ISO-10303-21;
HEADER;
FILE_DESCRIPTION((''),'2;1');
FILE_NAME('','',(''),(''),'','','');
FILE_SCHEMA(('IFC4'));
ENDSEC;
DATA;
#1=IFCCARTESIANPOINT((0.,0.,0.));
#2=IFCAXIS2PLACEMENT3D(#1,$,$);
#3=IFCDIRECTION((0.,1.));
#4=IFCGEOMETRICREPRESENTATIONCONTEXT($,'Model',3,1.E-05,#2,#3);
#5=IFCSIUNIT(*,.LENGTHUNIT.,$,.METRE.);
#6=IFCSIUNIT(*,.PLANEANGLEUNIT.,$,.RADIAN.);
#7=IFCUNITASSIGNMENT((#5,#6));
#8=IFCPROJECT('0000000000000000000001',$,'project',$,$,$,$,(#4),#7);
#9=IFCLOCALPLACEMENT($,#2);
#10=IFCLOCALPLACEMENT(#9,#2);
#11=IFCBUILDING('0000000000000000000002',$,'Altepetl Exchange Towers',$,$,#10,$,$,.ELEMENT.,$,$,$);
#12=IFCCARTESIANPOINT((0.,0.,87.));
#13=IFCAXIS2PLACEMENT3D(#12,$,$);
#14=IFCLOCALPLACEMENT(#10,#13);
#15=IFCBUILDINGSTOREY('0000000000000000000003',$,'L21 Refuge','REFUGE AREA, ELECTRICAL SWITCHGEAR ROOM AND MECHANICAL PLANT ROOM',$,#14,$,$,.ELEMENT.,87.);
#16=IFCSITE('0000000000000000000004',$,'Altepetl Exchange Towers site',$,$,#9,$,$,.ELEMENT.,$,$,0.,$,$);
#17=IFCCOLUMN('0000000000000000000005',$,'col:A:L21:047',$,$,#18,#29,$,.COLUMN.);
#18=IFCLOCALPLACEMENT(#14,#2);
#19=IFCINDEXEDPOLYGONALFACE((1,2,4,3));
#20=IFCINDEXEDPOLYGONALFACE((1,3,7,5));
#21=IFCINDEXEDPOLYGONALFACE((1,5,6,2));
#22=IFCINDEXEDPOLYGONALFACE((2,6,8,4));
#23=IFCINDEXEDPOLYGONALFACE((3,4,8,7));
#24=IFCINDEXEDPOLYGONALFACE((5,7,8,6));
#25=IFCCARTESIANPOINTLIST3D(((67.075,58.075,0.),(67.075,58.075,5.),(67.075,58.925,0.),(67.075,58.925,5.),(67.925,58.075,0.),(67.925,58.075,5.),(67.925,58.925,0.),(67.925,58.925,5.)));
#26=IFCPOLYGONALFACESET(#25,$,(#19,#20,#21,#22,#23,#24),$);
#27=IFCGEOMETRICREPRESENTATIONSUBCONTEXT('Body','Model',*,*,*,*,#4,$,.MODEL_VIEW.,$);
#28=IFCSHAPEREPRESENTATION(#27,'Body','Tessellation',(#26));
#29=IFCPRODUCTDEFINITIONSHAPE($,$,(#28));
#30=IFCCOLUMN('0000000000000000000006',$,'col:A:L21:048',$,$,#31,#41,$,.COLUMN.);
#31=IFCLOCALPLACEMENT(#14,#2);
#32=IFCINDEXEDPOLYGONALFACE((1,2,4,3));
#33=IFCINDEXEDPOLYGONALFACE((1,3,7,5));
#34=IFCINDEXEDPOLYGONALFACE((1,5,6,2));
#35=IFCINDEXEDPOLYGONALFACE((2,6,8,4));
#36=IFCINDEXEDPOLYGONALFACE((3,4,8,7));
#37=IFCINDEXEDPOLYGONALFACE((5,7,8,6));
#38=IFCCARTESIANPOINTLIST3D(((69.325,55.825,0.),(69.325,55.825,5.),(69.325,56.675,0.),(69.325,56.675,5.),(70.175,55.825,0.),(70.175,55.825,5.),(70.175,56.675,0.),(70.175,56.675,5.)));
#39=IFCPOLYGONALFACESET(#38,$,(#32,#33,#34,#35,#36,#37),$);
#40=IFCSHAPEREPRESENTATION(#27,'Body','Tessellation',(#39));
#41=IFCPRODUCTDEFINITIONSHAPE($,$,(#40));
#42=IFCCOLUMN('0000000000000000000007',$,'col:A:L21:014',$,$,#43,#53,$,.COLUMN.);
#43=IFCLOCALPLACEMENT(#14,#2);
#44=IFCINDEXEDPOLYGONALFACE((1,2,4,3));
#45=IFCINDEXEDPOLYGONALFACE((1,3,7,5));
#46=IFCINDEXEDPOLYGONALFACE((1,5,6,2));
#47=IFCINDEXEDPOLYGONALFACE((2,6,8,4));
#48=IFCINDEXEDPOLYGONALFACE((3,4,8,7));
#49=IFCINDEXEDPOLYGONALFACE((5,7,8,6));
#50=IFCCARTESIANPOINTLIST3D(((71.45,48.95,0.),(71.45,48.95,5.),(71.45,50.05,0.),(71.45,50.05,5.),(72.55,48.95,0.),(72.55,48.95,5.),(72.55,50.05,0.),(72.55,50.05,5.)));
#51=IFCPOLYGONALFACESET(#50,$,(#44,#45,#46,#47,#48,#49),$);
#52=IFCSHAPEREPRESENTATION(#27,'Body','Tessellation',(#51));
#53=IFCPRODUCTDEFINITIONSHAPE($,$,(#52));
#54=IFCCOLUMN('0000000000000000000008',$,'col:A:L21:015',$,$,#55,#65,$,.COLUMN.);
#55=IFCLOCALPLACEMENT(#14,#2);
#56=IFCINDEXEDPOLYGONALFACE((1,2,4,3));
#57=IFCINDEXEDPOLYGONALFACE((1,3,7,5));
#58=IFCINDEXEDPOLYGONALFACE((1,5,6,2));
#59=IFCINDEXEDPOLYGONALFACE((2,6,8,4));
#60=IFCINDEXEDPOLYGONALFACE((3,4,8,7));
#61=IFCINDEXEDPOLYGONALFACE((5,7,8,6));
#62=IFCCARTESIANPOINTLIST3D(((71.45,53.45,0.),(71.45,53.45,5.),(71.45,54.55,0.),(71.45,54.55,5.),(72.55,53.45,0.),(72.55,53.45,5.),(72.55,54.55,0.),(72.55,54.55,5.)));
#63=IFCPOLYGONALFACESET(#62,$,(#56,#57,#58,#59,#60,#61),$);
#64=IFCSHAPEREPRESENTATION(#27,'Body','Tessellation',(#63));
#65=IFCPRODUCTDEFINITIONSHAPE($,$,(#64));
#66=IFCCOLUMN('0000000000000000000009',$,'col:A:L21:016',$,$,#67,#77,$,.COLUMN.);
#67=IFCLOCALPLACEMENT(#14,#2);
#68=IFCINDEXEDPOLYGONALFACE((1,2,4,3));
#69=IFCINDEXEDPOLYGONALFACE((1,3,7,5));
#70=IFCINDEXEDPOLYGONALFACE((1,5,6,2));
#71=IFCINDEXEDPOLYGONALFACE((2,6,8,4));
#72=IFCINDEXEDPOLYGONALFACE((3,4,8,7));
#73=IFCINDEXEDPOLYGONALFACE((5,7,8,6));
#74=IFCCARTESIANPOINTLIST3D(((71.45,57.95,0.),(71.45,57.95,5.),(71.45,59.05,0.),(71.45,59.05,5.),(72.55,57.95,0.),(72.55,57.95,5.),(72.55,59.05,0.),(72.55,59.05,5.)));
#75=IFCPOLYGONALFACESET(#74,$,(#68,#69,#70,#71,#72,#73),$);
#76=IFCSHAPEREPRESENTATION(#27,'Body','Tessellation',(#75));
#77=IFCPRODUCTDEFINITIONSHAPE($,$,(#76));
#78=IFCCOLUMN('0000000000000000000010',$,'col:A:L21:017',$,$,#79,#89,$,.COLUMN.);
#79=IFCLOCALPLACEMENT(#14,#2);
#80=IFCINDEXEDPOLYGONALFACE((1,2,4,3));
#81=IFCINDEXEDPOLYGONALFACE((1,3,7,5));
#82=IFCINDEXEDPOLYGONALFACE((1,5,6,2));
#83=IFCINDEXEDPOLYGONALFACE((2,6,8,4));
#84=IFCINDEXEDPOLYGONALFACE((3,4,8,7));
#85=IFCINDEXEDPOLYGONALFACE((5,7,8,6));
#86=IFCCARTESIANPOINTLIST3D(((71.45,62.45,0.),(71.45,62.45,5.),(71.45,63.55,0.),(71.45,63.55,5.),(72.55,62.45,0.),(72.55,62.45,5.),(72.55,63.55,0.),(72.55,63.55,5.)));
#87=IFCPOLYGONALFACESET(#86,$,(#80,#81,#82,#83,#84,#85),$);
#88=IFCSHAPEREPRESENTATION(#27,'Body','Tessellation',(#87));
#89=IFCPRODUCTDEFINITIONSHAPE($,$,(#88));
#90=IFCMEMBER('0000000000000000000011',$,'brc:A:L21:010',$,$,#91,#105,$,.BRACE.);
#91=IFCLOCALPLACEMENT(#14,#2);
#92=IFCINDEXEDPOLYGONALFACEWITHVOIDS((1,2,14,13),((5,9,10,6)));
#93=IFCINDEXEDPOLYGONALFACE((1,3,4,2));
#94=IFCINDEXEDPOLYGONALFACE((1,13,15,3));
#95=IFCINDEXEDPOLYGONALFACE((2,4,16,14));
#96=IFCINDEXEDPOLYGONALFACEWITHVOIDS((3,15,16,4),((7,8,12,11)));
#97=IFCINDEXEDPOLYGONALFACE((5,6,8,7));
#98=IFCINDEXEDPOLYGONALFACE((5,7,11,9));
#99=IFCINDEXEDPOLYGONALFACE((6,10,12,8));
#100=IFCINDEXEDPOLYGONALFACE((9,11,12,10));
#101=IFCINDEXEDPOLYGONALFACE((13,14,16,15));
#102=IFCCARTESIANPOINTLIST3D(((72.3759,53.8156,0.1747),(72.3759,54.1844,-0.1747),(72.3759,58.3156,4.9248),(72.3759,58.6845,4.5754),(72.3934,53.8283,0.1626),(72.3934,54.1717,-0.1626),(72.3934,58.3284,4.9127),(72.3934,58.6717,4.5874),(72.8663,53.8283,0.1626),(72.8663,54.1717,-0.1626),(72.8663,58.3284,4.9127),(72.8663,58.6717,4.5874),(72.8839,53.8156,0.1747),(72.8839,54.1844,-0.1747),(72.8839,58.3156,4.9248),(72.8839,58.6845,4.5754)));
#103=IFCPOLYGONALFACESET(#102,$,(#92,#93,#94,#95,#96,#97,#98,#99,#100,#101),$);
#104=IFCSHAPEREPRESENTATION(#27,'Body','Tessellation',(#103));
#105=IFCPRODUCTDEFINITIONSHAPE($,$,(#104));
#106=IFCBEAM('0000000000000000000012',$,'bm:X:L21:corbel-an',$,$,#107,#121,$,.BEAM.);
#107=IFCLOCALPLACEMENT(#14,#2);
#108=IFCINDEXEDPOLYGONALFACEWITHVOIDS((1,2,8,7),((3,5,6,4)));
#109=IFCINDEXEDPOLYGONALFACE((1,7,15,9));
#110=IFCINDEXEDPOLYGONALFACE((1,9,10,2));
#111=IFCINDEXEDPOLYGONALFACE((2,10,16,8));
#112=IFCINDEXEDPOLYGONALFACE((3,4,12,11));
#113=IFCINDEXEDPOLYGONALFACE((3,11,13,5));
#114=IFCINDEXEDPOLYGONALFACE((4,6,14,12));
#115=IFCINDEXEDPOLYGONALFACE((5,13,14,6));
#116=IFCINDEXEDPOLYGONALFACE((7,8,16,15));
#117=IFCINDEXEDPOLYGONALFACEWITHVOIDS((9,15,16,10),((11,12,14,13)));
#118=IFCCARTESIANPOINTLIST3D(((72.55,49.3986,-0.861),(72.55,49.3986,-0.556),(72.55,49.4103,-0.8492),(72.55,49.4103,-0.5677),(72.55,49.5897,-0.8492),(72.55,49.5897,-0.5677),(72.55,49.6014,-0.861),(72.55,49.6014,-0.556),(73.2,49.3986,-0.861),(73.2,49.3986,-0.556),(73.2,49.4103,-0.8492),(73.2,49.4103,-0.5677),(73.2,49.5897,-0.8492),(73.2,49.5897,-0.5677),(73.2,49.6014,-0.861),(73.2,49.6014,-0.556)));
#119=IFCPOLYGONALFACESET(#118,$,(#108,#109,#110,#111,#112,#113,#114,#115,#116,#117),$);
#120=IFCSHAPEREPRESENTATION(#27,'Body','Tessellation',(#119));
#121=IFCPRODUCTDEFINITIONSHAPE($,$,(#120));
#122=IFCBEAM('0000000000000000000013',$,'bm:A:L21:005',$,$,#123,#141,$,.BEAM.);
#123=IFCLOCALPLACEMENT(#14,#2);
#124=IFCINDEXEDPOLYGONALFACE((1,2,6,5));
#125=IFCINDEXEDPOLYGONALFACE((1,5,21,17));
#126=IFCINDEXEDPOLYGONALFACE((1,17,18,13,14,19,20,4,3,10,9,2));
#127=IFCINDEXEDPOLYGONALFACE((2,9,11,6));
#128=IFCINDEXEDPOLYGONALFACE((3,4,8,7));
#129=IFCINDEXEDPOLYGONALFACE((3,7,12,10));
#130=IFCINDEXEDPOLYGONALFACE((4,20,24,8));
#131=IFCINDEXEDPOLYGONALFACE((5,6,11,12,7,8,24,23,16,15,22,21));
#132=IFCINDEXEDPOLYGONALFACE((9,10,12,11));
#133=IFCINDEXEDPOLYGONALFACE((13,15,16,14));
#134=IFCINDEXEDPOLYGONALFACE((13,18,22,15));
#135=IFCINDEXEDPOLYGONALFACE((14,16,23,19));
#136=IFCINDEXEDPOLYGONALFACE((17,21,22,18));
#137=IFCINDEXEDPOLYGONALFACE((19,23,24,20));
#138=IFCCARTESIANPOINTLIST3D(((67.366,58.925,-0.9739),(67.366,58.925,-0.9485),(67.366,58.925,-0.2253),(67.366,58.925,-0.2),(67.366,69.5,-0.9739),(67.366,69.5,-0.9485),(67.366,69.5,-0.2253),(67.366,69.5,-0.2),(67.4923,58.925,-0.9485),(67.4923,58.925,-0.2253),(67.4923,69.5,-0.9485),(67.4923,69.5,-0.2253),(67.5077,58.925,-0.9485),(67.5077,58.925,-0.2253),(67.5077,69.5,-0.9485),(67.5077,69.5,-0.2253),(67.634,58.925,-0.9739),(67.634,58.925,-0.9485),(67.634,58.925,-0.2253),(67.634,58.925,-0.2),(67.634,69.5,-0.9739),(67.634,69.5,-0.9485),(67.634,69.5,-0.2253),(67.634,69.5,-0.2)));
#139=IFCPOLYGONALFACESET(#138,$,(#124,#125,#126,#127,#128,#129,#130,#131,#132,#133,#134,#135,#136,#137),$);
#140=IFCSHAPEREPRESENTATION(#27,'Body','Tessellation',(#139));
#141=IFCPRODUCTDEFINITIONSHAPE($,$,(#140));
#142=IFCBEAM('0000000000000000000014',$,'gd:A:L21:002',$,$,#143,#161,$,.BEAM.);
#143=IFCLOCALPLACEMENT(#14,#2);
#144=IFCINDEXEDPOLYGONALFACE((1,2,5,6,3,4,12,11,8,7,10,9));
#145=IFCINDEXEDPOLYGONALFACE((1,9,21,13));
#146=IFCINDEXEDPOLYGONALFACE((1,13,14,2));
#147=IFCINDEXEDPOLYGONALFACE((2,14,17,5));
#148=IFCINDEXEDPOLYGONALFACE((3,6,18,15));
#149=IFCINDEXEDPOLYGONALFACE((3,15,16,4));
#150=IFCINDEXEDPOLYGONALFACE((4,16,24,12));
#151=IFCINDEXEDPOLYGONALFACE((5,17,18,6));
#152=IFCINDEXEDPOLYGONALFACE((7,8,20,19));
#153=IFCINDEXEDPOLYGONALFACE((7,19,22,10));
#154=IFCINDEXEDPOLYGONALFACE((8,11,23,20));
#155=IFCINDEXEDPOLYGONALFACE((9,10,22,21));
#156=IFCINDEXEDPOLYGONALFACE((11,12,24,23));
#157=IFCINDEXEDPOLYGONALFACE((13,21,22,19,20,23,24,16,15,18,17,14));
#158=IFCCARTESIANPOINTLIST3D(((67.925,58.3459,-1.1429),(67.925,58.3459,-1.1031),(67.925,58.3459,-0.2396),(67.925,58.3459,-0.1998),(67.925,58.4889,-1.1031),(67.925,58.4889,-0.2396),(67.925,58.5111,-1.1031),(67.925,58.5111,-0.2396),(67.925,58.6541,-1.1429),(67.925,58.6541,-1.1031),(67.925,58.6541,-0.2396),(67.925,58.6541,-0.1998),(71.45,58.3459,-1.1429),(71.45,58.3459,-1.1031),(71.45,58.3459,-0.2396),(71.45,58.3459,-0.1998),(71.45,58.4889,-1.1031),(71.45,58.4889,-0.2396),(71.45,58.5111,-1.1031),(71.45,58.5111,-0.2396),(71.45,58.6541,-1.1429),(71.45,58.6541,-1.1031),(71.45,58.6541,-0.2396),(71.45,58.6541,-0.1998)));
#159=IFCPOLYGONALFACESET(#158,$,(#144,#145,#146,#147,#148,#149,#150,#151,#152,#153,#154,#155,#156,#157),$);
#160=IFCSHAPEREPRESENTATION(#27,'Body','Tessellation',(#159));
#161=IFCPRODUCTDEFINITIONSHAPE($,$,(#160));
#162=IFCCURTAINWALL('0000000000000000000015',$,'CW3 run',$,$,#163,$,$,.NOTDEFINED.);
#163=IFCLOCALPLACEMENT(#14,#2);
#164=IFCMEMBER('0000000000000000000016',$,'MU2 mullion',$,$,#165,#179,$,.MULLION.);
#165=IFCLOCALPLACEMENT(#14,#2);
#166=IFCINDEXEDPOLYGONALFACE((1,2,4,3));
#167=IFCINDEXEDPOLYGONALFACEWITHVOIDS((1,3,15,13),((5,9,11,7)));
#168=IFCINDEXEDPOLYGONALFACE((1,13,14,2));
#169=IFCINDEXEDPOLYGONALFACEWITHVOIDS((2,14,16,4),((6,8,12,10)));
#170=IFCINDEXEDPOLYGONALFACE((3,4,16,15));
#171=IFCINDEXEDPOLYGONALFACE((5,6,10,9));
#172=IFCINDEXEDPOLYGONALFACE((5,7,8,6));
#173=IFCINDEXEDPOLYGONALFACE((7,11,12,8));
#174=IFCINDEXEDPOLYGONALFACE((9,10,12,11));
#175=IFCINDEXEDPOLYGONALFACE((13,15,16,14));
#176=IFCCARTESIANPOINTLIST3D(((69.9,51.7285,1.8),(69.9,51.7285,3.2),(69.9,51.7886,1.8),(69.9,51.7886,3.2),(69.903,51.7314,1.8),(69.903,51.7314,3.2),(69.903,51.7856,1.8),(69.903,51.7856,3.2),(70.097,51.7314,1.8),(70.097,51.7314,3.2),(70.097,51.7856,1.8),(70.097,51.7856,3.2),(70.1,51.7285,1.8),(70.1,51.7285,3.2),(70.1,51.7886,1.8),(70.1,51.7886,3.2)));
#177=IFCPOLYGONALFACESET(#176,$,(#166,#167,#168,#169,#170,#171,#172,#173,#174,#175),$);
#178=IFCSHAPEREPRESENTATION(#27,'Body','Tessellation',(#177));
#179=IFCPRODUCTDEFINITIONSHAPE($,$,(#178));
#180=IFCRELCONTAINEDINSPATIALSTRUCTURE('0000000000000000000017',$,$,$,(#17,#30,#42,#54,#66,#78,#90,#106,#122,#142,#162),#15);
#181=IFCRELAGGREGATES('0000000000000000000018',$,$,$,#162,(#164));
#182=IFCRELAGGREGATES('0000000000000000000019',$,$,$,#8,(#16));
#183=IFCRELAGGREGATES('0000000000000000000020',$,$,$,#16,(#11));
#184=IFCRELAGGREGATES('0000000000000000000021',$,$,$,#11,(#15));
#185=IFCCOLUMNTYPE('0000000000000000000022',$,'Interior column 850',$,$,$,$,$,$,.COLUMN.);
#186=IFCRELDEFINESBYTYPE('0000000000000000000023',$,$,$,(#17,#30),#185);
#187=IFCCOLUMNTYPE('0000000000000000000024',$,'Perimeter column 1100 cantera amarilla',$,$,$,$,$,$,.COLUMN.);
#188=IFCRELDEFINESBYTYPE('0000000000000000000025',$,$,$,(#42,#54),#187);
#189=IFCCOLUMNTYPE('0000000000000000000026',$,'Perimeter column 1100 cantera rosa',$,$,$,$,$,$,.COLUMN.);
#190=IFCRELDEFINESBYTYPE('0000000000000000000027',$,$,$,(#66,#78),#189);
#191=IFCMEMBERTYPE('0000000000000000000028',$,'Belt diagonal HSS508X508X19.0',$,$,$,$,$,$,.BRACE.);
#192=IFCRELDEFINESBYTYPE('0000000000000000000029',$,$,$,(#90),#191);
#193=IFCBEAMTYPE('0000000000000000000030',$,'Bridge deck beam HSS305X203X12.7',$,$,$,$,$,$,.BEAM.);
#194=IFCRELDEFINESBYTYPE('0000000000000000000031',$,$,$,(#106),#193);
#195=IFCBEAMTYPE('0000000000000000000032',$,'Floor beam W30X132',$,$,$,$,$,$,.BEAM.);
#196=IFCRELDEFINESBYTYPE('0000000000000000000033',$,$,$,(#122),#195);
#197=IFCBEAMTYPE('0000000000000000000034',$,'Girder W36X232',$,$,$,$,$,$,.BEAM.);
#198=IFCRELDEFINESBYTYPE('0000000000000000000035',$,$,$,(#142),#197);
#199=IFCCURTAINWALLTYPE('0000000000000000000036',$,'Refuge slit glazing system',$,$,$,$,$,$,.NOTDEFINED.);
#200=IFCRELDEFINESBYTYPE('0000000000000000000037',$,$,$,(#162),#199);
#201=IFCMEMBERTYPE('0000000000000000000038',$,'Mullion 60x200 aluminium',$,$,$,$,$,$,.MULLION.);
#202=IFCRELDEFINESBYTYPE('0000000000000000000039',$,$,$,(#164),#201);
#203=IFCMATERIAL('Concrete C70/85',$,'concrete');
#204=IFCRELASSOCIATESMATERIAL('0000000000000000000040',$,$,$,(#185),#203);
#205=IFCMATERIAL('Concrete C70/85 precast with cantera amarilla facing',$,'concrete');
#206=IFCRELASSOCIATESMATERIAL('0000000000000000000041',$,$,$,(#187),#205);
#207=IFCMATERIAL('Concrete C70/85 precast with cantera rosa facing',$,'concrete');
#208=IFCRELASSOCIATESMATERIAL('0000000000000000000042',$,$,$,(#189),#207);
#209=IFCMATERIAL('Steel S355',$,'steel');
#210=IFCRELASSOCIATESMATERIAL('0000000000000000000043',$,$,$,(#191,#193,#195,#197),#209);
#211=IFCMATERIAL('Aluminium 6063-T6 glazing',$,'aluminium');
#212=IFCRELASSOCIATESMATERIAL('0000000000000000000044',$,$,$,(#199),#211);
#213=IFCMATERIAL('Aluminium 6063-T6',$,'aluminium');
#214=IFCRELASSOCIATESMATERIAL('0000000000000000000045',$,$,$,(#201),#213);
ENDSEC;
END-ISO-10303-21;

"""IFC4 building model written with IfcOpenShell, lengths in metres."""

from ifc_helpers import new_model, si_unit, direction, frame, origin, origin_2d, place, context, subcontext, project, spatial, rectangle, hollow_rectangle, i_section, extrude, material, material_profile, profile_set, type_object, element, aggregate, save


model = new_model("IFC4")

# Units and contexts
model_context = context("Model", 3, precision=1e-05, world=origin(), true_north=direction((0.0, 1.0)))
body_context = subcontext(model_context, "Body", "Model", "MODEL_VIEW")
ifc_project = project(units=[si_unit("LENGTHUNIT", "METRE"), si_unit("PLANEANGLEUNIT", "RADIAN")], contexts=[model_context])

# Site, building, storey
site_placement = place(None, origin())
site = spatial("IfcSite", under=ifc_project, at=site_placement, Name="Altepetl Exchange Towers site", CompositionType="ELEMENT", RefElevation=0.0)
building_placement = place(site_placement, origin())
building = spatial("IfcBuilding", under=site, at=building_placement, Name="Altepetl Exchange Towers", CompositionType="ELEMENT")
storey_placement = place(building_placement, frame((0.0, 0.0, 87.0)))
storey = spatial("IfcBuildingStorey", under=building, at=storey_placement, Name="L21 Refuge", Description="REFUGE AREA, ELECTRICAL SWITCHGEAR ROOM AND MECHANICAL PLANT ROOM", CompositionType="ELEMENT", Elevation=87.0)

# Columns
ifc_material_1 = material(Name="Concrete C70/85", Category="concrete")
ifc_material_profile_1 = material_profile(ifc_material_1, rectangle(XDim=0.8501, YDim=0.8501, at=origin_2d()), Name="850 x 850")
ifc_profile_set_1 = profile_set([ifc_material_profile_1], Name="Concrete C70/85")
column_type_1 = type_object("IfcColumnType", Name="Interior column 850", PredefinedType="COLUMN", material=ifc_profile_set_1)
for number, where, name in (
    (1, (67.5, 58.5, 0.0), "col:A:L21:047"),
    (2, (69.75, 56.25, 0.0), "col:A:L21:048"),
):
    element("IfcColumn", number, at=place(storey_placement, frame(where)), inside=storey, type_object=column_type_1, Name=name, PredefinedType="COLUMN", context=body_context, shape_type="SweptSolid", body=[
        extrude(rectangle(XDim=0.8501, YDim=0.8501, at=origin_2d()), origin(), (0.0, 0.0, 1.0), 5.0),
    ])
ifc_material_2 = material(Name="Concrete C70/85 precast with cantera amarilla facing", Category="concrete")
ifc_material_profile_2 = material_profile(ifc_material_2, rectangle(XDim=1.1001, YDim=1.1001, at=origin_2d()), Name="1100 x 1100")
ifc_profile_set_2 = profile_set([ifc_material_profile_2], Name="Concrete C70/85 precast with cantera amarilla facing")
column_type_2 = type_object("IfcColumnType", Name="Perimeter column 1100 cantera amarilla", PredefinedType="COLUMN", material=ifc_profile_set_2)
for number, where, name in (
    (3, (72.0, 49.5, 0.0), "col:A:L21:014"),
    (4, (72.0, 54.0, 0.0), "col:A:L21:015"),
):
    element("IfcColumn", number, at=place(storey_placement, frame(where)), inside=storey, type_object=column_type_2, Name=name, PredefinedType="COLUMN", context=body_context, shape_type="SweptSolid", body=[
        extrude(rectangle(XDim=1.1001, YDim=1.1001, at=origin_2d()), origin(), (0.0, 0.0, 1.0), 5.0),
    ])
ifc_material_3 = material(Name="Concrete C70/85 precast with cantera rosa facing", Category="concrete")
ifc_material_profile_3 = material_profile(ifc_material_3, rectangle(XDim=1.1001, YDim=1.1001, at=origin_2d()), Name="1100 x 1100")
ifc_profile_set_3 = profile_set([ifc_material_profile_3], Name="Concrete C70/85 precast with cantera rosa facing")
column_type_3 = type_object("IfcColumnType", Name="Perimeter column 1100 cantera rosa", PredefinedType="COLUMN", material=ifc_profile_set_3)
for number, where, name in (
    (5, (72.0, 58.5, 0.0), "col:A:L21:016"),
    (6, (72.0, 63.0, 0.0), "col:A:L21:017"),
):
    element("IfcColumn", number, at=place(storey_placement, frame(where)), inside=storey, type_object=column_type_3, Name=name, PredefinedType="COLUMN", context=body_context, shape_type="SweptSolid", body=[
        extrude(rectangle(XDim=1.1001, YDim=1.1001, at=origin_2d()), origin(), (0.0, 0.0, 1.0), 5.0),
    ])

# Member
ifc_material_4 = material(Name="Steel S355", Category="steel")
ifc_material_profile_4 = material_profile(ifc_material_4, hollow_rectangle(XDim=0.5081, YDim=0.5081, WallThickness=0.0176, at=origin_2d()), Name="HSS508X508X19.0")
ifc_profile_set_4 = profile_set([ifc_material_profile_4], Name="Steel S355")
member_type_1 = type_object("IfcMemberType", Name="Belt diagonal HSS508X508X19.0", PredefinedType="BRACE", material=ifc_profile_set_4)
member_1_placement = place(storey_placement, frame((72.6299, 54.0, 0.0), z_axis=(0.0, 0.687745, 0.725953), x_axis=(-1.0, 0.0, 0.0)))
element("IfcMember", 7, at=member_1_placement, inside=storey, type_object=member_type_1, Name="brc:A:L21:010", PredefinedType="BRACE", context=body_context, shape_type="SweptSolid", body=[
    extrude(hollow_rectangle(XDim=0.5081, YDim=0.5081, WallThickness=0.0176, at=origin_2d()), origin(), (0.0, 0.0, 1.0), 6.5432),
])

# Beams
ifc_material_profile_5 = material_profile(ifc_material_4, hollow_rectangle(XDim=0.2029, YDim=0.3049, WallThickness=0.0117, at=origin_2d()), Name="HSS305X203X12.7")
ifc_profile_set_5 = profile_set([ifc_material_profile_5], Name="Steel S355")
beam_type_1 = type_object("IfcBeamType", Name="Bridge deck beam HSS305X203X12.7", PredefinedType="BEAM", material=ifc_profile_set_5)
beam_1_placement = place(storey_placement, frame((72.55, 49.5, -0.7085), z_axis=(1.0, 0.0, 0.0), x_axis=(0.0, 1.0, 0.0)))
element("IfcBeam", 8, at=beam_1_placement, inside=storey, type_object=beam_type_1, Name="bm:X:L21:corbel-an", PredefinedType="BEAM", context=body_context, shape_type="SweptSolid", body=[
    extrude(hollow_rectangle(XDim=0.2029, YDim=0.3049, WallThickness=0.0117, at=origin_2d()), origin(), (0.0, 0.0, 1.0), 0.6499),
])
ifc_material_profile_6 = material_profile(ifc_material_4, i_section(OverallWidth=0.2681, OverallDepth=0.7739, WebThickness=0.0154, FlangeThickness=0.0254, at=origin_2d()), Name="W30X132")
ifc_profile_set_6 = profile_set([ifc_material_profile_6], Name="Steel S355")
beam_type_2 = type_object("IfcBeamType", Name="Floor beam W30X132", PredefinedType="BEAM", material=ifc_profile_set_6)
beam_2_placement = place(storey_placement, frame((67.5, 58.925, -0.5869), z_axis=(0.0, 1.0, 0.0), x_axis=(-1.0, 0.0, 0.0)))
element("IfcBeam", 9, at=beam_2_placement, inside=storey, type_object=beam_type_2, Name="bm:A:L21:005", PredefinedType="BEAM", context=body_context, shape_type="SweptSolid", body=[
    extrude(i_section(OverallWidth=0.2681, OverallDepth=0.7739, WebThickness=0.0154, FlangeThickness=0.0254, at=origin_2d()), origin(), (0.0, 0.0, 1.0), 10.575),
])
ifc_material_profile_7 = material_profile(ifc_material_4, i_section(OverallWidth=0.3081, OverallDepth=0.9431, WebThickness=0.0222, FlangeThickness=0.0398, at=origin_2d()), Name="W36X232")
ifc_profile_set_7 = profile_set([ifc_material_profile_7], Name="Steel S355")
beam_type_3 = type_object("IfcBeamType", Name="Girder W36X232", PredefinedType="BEAM", material=ifc_profile_set_7)
beam_3_placement = place(storey_placement, frame((67.925, 58.5, -0.6714), z_axis=(1.0, 0.0, 0.0), x_axis=(0.0, 1.0, 0.0)))
element("IfcBeam", 10, at=beam_3_placement, inside=storey, type_object=beam_type_3, Name="gd:A:L21:002", PredefinedType="BEAM", context=body_context, shape_type="SweptSolid", body=[
    extrude(i_section(OverallWidth=0.3081, OverallDepth=0.9431, WebThickness=0.0222, FlangeThickness=0.0398, at=origin_2d()), origin(), (0.0, 0.0, 1.0), 3.5249),
])

# Curtain wall, member
ifc_material_5 = material(Name="Aluminium 6063-T6 glazing", Category="aluminium")
curtain_wall_type = type_object("IfcCurtainWallType", Name="Refuge slit glazing system", PredefinedType="NOTDEFINED", material=ifc_material_5)
curtain_wall_1_placement = place(storey_placement, origin())
curtain_wall_1 = element("IfcCurtainWall", 11, at=curtain_wall_1_placement, inside=storey, type_object=curtain_wall_type, Name="CW3 run", PredefinedType="NOTDEFINED")
ifc_material_6 = material(Name="Aluminium 6063-T6", Category="aluminium")
ifc_material_profile_8 = material_profile(ifc_material_6, hollow_rectangle(XDim=0.0601, YDim=0.2, WallThickness=0.0029, at=origin_2d()), Name="Mullion 60x200 aluminium")
ifc_profile_set_8 = profile_set([ifc_material_profile_8], Name="Aluminium 6063-T6")
member_type_2 = type_object("IfcMemberType", Name="Mullion 60x200 aluminium", PredefinedType="MULLION", material=ifc_profile_set_8)
member_2_placement = place(storey_placement, frame((70.0, 51.7585, 1.8), z_axis=(0.0, 0.0, 1.0), x_axis=(0.0, 1.0, 0.0)))
member_2 = element("IfcMember", 12, at=member_2_placement, type_object=member_type_2, Name="MU2 mullion", PredefinedType="MULLION", context=body_context, shape_type="SweptSolid", body=[
    extrude(hollow_rectangle(XDim=0.0601, YDim=0.2, WallThickness=0.0029, at=origin_2d()), origin(), (0.0, 0.0, 1.0), 1.3999),
])

aggregate(curtain_wall_1, [member_2])

save(model, "model.ifc")
